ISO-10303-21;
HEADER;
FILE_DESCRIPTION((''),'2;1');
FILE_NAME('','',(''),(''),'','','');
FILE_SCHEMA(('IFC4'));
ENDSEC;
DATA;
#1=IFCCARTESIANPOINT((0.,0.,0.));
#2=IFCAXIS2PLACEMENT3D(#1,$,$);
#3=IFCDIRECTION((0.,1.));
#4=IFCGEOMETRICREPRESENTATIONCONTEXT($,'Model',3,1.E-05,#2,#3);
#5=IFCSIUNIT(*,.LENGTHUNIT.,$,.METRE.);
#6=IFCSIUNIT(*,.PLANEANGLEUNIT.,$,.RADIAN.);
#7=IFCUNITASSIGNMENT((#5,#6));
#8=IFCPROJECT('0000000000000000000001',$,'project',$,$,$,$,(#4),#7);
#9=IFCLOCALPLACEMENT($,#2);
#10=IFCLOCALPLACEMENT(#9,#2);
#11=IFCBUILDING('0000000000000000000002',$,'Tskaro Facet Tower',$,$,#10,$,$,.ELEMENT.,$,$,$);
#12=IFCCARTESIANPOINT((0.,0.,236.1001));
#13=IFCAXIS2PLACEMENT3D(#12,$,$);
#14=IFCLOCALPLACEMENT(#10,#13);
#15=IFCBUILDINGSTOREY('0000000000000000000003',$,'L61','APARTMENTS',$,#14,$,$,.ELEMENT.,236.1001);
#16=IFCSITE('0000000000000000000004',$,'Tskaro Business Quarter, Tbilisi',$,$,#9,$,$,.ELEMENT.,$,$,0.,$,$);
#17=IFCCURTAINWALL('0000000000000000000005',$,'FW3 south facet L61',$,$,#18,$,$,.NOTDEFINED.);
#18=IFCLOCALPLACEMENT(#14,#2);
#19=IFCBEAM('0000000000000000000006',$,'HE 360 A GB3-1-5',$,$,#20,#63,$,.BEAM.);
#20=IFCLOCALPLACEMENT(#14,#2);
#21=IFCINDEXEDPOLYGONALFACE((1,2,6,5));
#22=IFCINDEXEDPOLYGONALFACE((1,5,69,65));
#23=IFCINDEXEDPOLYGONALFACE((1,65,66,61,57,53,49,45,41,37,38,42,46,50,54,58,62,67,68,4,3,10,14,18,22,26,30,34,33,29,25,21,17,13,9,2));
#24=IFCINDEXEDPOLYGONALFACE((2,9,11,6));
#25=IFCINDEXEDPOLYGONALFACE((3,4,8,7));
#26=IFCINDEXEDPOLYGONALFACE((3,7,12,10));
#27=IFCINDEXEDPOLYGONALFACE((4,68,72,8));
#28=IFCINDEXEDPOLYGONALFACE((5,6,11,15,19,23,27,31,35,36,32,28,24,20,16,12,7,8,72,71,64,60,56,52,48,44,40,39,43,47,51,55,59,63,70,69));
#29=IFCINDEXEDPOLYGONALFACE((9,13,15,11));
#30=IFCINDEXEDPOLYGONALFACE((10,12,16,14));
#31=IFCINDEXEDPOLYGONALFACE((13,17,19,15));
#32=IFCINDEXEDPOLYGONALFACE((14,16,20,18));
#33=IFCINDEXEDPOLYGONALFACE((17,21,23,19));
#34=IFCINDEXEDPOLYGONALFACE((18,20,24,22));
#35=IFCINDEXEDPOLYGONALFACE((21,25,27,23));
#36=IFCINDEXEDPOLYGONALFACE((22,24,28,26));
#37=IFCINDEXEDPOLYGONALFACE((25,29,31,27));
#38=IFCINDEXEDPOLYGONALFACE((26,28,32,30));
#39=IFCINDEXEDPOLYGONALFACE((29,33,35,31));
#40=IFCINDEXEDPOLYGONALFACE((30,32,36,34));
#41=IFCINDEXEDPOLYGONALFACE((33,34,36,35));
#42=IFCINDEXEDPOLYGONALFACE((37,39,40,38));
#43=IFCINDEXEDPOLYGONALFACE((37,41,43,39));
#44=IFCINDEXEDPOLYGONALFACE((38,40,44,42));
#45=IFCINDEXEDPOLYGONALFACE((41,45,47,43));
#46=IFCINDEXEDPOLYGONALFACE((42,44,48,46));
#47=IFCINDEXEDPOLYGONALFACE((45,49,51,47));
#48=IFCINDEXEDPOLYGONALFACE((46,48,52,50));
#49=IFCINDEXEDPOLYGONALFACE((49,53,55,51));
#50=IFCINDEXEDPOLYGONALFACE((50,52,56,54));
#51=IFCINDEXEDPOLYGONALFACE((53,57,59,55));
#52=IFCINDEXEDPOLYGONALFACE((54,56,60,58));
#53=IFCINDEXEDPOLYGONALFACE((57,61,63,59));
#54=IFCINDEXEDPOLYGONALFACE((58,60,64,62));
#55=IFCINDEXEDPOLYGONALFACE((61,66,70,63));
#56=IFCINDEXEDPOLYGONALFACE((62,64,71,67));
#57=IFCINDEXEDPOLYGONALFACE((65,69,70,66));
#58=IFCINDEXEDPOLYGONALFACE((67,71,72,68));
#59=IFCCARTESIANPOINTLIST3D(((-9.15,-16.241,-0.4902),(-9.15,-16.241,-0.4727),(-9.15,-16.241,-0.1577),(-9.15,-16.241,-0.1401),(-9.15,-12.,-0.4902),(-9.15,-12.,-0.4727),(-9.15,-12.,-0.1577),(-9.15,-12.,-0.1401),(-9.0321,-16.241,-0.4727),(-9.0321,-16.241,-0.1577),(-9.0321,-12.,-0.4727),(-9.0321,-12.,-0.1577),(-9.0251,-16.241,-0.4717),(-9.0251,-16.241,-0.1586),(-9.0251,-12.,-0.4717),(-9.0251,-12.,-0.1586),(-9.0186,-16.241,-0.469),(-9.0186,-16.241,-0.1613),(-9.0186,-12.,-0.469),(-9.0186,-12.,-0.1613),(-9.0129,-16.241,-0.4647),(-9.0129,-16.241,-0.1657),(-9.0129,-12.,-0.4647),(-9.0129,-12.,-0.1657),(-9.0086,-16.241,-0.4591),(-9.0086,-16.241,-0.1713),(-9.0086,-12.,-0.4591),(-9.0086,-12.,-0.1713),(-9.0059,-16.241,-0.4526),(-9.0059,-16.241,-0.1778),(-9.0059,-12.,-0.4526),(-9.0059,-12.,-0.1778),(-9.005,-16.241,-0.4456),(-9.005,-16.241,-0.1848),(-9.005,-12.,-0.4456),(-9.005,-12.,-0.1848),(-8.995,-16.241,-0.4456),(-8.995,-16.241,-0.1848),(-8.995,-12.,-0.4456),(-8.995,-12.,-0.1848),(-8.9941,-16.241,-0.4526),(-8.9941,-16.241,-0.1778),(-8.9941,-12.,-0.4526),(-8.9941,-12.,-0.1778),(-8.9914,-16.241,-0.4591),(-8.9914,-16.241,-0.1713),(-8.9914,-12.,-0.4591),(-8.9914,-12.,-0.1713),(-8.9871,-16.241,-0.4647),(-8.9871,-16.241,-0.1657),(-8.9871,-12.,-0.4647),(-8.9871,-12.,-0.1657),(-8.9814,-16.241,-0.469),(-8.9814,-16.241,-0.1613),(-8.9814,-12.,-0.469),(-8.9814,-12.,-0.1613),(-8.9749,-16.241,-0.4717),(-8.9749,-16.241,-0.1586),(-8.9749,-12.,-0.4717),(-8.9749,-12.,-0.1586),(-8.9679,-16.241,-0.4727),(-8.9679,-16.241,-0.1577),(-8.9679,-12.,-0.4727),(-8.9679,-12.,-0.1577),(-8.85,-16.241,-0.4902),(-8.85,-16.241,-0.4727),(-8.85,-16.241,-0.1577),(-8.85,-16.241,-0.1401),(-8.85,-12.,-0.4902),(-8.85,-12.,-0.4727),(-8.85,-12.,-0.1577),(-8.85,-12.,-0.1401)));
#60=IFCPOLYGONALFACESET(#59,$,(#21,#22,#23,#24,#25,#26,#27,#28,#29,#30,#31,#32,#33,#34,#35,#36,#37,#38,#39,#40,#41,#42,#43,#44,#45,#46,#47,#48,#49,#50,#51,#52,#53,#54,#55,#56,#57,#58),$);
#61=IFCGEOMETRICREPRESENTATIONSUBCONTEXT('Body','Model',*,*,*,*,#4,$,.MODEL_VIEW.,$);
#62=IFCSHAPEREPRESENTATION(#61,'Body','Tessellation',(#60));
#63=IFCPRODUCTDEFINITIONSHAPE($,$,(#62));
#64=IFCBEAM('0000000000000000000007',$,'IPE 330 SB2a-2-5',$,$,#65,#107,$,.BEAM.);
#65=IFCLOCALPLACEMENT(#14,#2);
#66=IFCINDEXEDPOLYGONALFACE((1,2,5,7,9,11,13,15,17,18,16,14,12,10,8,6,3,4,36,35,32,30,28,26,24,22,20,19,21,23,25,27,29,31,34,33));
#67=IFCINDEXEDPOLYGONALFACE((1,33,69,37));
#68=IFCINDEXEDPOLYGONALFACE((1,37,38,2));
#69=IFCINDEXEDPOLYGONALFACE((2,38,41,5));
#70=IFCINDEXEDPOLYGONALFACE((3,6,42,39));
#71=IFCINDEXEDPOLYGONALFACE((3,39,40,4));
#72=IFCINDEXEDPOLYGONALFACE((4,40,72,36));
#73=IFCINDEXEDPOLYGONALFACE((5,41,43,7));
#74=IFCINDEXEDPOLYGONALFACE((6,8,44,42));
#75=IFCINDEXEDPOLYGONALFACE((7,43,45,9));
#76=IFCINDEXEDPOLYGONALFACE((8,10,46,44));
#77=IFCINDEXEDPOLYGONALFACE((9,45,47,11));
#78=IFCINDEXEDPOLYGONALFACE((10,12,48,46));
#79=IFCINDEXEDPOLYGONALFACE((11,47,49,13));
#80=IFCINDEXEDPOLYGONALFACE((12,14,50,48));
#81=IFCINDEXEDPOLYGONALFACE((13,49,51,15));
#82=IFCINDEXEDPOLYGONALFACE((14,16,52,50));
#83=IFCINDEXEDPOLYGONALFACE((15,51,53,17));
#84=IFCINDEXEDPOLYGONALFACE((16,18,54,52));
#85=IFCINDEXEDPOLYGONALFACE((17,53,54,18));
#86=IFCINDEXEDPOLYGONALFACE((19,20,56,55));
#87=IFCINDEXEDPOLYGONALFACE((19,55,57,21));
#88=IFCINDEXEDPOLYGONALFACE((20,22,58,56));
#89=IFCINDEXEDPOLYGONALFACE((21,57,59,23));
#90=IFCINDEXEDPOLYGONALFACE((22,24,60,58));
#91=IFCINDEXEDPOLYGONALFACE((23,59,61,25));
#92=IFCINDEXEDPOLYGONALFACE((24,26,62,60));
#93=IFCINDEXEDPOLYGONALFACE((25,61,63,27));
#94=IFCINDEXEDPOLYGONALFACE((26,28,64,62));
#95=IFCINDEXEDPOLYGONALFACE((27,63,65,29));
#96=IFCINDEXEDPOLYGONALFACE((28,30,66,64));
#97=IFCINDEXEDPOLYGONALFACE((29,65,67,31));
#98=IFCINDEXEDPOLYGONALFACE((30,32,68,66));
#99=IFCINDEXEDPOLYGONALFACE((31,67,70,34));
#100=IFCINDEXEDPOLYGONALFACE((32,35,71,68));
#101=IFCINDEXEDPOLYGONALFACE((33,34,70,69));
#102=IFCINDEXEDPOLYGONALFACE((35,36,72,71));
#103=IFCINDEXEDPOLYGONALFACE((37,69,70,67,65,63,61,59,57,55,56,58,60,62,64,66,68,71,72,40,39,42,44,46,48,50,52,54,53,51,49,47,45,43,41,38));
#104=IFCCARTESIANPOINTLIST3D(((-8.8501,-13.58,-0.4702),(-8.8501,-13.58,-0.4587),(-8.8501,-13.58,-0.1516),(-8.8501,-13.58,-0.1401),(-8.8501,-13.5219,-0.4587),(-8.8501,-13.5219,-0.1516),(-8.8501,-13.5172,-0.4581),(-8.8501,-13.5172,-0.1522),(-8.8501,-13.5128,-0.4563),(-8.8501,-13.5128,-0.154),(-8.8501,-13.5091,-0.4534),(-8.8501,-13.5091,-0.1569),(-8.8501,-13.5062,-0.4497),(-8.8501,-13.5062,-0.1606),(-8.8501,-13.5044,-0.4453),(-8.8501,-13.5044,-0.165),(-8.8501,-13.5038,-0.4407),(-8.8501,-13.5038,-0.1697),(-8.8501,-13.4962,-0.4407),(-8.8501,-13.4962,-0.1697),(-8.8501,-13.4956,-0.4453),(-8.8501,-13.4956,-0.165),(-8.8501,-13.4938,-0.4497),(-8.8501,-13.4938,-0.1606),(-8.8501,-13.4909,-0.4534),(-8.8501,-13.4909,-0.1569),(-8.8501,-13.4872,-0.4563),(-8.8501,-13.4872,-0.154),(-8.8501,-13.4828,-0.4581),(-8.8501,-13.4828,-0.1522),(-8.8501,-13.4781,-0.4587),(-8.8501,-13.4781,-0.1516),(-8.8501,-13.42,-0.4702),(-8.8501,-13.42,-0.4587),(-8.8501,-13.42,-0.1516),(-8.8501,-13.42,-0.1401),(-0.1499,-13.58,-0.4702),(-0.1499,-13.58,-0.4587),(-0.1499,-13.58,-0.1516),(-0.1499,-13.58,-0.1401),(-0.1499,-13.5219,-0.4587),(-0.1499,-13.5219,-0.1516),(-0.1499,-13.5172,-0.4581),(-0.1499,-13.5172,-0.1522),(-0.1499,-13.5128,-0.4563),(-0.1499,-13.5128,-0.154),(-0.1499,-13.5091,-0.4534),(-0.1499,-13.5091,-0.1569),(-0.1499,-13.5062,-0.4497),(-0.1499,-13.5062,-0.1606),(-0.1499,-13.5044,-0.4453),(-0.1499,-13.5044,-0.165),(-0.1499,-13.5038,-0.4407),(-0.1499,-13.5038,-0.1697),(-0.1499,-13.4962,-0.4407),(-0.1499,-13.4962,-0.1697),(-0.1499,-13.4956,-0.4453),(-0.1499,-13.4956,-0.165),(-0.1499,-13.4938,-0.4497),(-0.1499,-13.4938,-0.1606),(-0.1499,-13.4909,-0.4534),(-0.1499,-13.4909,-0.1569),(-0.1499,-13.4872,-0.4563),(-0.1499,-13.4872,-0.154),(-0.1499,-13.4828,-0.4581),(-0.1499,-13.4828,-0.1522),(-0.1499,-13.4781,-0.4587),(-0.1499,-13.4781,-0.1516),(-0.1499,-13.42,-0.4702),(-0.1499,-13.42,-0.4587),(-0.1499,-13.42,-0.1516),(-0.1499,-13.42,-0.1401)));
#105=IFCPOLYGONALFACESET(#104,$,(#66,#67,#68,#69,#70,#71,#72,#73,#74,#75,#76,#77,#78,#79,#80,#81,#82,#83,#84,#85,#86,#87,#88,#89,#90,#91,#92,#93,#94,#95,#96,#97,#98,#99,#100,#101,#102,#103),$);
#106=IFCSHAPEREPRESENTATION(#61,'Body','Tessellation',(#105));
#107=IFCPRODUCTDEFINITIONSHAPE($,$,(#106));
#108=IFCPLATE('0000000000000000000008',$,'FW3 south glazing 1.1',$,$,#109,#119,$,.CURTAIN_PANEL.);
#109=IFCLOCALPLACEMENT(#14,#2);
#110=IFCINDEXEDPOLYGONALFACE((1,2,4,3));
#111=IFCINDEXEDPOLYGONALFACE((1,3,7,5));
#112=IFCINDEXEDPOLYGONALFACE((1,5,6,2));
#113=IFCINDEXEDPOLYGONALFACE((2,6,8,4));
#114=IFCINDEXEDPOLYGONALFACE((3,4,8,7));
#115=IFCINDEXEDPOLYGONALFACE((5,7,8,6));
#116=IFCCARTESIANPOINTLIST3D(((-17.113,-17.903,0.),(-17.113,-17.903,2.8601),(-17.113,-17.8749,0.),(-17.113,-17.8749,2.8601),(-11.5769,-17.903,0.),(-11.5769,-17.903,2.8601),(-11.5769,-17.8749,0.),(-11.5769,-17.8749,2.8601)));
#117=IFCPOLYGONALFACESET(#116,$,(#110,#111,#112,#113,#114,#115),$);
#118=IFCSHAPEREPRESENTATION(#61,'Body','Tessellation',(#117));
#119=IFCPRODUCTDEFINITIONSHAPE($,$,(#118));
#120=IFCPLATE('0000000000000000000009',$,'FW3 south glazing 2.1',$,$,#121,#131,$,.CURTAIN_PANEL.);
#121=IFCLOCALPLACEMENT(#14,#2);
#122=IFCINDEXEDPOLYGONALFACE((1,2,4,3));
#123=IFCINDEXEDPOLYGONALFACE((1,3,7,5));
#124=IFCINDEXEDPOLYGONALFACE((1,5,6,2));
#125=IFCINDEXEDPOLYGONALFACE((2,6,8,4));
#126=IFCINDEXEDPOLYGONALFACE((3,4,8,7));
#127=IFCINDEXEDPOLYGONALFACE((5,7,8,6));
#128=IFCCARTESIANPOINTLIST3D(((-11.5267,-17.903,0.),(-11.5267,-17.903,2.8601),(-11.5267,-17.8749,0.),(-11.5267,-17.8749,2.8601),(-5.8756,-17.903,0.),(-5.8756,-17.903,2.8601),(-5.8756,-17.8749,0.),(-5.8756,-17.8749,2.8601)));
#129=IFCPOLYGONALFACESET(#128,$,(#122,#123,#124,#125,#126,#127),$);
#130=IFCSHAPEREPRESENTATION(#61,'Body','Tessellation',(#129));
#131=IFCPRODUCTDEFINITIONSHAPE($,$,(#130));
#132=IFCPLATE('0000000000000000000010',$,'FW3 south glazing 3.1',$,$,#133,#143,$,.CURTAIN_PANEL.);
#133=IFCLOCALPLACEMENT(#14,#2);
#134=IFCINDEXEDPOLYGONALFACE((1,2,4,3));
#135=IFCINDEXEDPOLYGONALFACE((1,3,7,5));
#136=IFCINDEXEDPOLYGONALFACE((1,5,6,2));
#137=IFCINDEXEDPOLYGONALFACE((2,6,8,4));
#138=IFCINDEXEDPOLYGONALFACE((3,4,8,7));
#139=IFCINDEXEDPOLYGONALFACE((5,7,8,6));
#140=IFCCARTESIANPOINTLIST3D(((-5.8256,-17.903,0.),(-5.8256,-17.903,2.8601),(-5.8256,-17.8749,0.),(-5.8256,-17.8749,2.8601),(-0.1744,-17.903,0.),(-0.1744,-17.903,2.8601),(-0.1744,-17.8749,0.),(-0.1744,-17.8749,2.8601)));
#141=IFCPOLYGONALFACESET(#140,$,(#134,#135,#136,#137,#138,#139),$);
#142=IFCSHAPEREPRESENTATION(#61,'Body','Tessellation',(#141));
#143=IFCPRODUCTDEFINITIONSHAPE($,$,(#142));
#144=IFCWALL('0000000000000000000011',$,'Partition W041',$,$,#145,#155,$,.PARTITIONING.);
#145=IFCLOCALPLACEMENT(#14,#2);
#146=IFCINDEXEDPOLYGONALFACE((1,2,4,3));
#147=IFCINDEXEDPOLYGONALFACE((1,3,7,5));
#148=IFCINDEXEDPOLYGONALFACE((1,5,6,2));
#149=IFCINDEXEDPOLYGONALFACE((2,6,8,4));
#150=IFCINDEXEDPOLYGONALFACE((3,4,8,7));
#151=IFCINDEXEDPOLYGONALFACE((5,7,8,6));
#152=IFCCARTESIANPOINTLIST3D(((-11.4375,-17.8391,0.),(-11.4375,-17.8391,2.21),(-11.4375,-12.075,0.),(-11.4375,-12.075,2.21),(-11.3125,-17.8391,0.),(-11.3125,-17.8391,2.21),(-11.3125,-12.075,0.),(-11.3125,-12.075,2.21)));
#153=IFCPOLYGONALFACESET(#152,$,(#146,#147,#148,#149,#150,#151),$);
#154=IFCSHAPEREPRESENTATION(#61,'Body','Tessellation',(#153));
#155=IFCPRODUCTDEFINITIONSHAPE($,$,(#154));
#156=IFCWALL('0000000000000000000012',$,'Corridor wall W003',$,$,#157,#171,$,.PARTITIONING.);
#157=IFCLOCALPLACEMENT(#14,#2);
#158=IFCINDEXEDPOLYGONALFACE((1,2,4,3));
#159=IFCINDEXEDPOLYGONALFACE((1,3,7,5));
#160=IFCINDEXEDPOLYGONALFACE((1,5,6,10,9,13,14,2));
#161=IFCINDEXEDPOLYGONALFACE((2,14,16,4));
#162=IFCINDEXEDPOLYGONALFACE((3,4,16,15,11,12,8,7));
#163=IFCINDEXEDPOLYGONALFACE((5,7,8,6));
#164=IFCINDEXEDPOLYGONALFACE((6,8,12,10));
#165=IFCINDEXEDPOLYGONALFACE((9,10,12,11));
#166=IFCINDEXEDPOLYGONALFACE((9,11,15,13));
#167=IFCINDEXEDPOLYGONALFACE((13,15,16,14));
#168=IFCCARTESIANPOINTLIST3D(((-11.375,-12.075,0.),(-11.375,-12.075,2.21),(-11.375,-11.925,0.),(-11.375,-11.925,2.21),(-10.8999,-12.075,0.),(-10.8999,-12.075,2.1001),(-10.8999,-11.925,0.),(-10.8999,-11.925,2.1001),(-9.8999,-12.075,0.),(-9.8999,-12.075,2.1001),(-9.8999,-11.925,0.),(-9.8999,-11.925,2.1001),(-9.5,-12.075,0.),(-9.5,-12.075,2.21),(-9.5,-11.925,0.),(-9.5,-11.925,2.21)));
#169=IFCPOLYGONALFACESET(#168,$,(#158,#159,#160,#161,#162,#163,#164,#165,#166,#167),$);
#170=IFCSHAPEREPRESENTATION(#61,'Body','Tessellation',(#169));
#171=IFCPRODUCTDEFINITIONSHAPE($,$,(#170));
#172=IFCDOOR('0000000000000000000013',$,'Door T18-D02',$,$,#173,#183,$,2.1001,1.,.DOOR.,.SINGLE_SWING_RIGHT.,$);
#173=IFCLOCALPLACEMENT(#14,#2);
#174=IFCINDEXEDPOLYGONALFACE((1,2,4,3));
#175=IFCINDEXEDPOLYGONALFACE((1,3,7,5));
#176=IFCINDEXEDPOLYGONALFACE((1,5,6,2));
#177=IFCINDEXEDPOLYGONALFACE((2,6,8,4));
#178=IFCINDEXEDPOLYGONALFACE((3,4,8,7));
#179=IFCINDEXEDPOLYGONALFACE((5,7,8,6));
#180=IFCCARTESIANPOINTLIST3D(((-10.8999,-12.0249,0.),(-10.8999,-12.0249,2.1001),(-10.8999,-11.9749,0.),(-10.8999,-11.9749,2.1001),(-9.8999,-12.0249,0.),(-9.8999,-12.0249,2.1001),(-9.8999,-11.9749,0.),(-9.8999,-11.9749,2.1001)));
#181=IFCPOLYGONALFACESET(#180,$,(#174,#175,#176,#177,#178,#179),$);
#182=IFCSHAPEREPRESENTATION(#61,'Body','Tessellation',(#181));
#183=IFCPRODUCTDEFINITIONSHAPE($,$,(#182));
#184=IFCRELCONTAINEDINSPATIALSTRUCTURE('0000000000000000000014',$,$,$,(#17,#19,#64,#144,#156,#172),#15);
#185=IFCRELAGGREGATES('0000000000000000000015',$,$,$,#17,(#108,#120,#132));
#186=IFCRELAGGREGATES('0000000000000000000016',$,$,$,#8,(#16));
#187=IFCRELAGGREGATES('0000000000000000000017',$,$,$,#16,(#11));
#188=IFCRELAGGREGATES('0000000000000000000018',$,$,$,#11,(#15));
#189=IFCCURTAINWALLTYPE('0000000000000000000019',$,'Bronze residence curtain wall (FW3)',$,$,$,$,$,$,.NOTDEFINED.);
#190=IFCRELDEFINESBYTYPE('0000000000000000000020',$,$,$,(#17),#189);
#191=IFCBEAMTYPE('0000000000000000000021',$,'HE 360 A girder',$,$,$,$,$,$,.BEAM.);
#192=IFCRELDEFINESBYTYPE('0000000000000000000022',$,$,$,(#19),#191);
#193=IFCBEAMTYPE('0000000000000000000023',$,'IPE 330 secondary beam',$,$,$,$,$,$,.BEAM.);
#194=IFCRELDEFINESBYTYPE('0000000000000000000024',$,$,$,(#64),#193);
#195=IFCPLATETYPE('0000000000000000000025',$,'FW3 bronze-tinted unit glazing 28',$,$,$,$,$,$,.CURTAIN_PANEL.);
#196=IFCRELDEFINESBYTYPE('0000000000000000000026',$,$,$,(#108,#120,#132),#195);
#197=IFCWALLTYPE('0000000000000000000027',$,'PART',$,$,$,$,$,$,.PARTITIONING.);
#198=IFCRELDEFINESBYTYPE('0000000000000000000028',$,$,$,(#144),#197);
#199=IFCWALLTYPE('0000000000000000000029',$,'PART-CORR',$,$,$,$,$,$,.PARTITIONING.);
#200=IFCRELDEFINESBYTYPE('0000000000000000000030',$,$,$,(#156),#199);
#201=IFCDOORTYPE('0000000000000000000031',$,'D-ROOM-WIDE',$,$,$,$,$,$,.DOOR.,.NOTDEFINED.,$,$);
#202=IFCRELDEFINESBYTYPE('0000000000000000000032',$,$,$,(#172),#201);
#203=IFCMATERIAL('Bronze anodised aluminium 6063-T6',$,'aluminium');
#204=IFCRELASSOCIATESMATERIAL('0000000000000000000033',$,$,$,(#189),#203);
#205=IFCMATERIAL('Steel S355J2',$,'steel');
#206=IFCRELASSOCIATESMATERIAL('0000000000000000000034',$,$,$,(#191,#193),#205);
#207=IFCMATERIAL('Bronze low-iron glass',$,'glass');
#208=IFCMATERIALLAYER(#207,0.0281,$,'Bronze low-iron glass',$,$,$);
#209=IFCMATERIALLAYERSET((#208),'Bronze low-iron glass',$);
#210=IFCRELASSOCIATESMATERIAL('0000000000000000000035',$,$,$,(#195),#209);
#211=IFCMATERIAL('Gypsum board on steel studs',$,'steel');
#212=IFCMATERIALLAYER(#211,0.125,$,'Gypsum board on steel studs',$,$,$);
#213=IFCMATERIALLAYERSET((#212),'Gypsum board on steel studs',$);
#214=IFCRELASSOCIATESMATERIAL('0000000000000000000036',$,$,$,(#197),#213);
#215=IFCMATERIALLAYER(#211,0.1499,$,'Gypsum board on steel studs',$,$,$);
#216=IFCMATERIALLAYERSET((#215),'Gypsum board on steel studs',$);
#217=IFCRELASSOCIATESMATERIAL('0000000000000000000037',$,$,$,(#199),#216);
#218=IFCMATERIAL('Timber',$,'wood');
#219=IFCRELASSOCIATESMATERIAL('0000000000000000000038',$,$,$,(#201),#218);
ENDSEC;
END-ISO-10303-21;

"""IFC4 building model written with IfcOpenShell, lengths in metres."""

from ifc_helpers import new_model, si_unit, direction, frame, frame_2d, origin, origin_2d, place, context, subcontext, project, spatial, rectangle, i_section, extrude, material, layer, layer_set, material_profile, profile_set, type_object, element, fill, aggregate, save


model = new_model("IFC4")

# Units and contexts
model_context = context("Model", 3, precision=1e-05, world=origin(), true_north=direction((0.0, 1.0)))
body_context = subcontext(model_context, "Body", "Model", "MODEL_VIEW")
ifc_project = project(units=[si_unit("LENGTHUNIT", "METRE"), si_unit("PLANEANGLEUNIT", "RADIAN")], contexts=[model_context])

# Site, building, storey
site_placement = place(None, origin())
site = spatial("IfcSite", under=ifc_project, at=site_placement, Name="Tskaro Business Quarter, Tbilisi", CompositionType="ELEMENT", RefElevation=0.0)
building_placement = place(site_placement, origin())
building = spatial("IfcBuilding", under=site, at=building_placement, Name="Tskaro Facet Tower", CompositionType="ELEMENT")
storey_placement = place(building_placement, frame((0.0, 0.0, 236.1001)))
storey = spatial("IfcBuildingStorey", under=building, at=storey_placement, Name="L61", Description="APARTMENTS", CompositionType="ELEMENT", Elevation=236.1001)

# Shared definitions
ifc_material_1 = material(Name="Steel S355J2", Category="steel")

# Curtain wall
ifc_material_2 = material(Name="Bronze anodised aluminium 6063-T6", Category="aluminium")
curtain_wall_type = type_object("IfcCurtainWallType", Name="Bronze residence curtain wall (FW3)", PredefinedType="NOTDEFINED", material=ifc_material_2)
curtain_wall_placement = place(storey_placement, origin())
curtain_wall = element("IfcCurtainWall", 1, at=curtain_wall_placement, inside=storey, type_object=curtain_wall_type, Name="FW3 south facet L61", PredefinedType="NOTDEFINED")

# Beams
ifc_material_profile_1 = material_profile(ifc_material_1, i_section(OverallWidth=0.3, OverallDepth=0.3501, WebThickness=0.01, FlangeThickness=0.0176, FilletRadius=0.0271, at=origin_2d()), Name="HE 360 A")
ifc_profile_set_1 = profile_set([ifc_material_profile_1], Name="Steel S355J2")
beam_type_1 = type_object("IfcBeamType", Name="HE 360 A girder", PredefinedType="BEAM", material=ifc_profile_set_1)
beam_1_placement = place(storey_placement, frame((-9.0, -16.241, -0.3152), z_axis=(0.0, 1.0, 0.0), x_axis=(-1.0, 0.0, 0.0)))
element("IfcBeam", 2, at=beam_1_placement, inside=storey, type_object=beam_type_1, Name="HE 360 A GB3-1-5", PredefinedType="BEAM", context=body_context, shape_type="SweptSolid", body=[
    extrude(i_section(OverallWidth=0.3, OverallDepth=0.3501, WebThickness=0.01, FlangeThickness=0.0176, FilletRadius=0.0271, at=origin_2d()), origin(), (0.0, 0.0, 1.0), 4.241),
])
ifc_material_profile_2 = material_profile(ifc_material_1, i_section(OverallWidth=0.1599, OverallDepth=0.3301, WebThickness=0.0076, FlangeThickness=0.0115, FilletRadius=0.0181, at=origin_2d()), Name="IPE 330")
ifc_profile_set_2 = profile_set([ifc_material_profile_2], Name="Steel S355J2")
beam_type_2 = type_object("IfcBeamType", Name="IPE 330 secondary beam", PredefinedType="BEAM", material=ifc_profile_set_2)
beam_2_placement = place(storey_placement, frame((-8.8501, -13.5, -0.3052), z_axis=(1.0, 0.0, 0.0), x_axis=(0.0, 1.0, 0.0)))
element("IfcBeam", 3, at=beam_2_placement, inside=storey, type_object=beam_type_2, Name="IPE 330 SB2a-2-5", PredefinedType="BEAM", context=body_context, shape_type="SweptSolid", body=[
    extrude(i_section(OverallWidth=0.1599, OverallDepth=0.3301, WebThickness=0.0076, FlangeThickness=0.0115, FilletRadius=0.0181, at=origin_2d()), origin(), (0.0, 0.0, 1.0), 8.7002),
])

# Plates
ifc_material_3 = material(Name="Bronze low-iron glass", Category="glass")
ifc_layer_1 = layer(ifc_material_3, 0.0281, Name="Bronze low-iron glass")
ifc_layer_set_1 = layer_set([ifc_layer_1], Name="Bronze low-iron glass")
plate_type = type_object("IfcPlateType", Name="FW3 bronze-tinted unit glazing 28", PredefinedType="CURTAIN_PANEL", material=ifc_layer_set_1)
plate_1_placement = place(storey_placement, frame((-14.345, -17.8889, 0.0), z_axis=(0.0, 0.0, 1.0), x_axis=(1.0, 0.0, 0.0)))
plate_1 = element("IfcPlate", 4, at=plate_1_placement, type_object=plate_type, Name="FW3 south glazing 1.1", PredefinedType="CURTAIN_PANEL", context=body_context, shape_type="SweptSolid", body=[
    extrude(rectangle(XDim=5.5361, YDim=0.0281, at=origin_2d()), origin(), (0.0, 0.0, 1.0), 2.8601),
])
plate_2_placement = place(storey_placement, frame((-8.7012, -17.8889, 0.0), z_axis=(0.0, 0.0, 1.0), x_axis=(1.0, 0.0, 0.0)))
plate_2 = element("IfcPlate", 5, at=plate_2_placement, type_object=plate_type, Name="FW3 south glazing 2.1", PredefinedType="CURTAIN_PANEL", context=body_context, shape_type="SweptSolid", body=[
    extrude(rectangle(XDim=5.6511, YDim=0.0281, at=origin_2d()), origin(), (0.0, 0.0, 1.0), 2.8601),
])
plate_3_placement = place(storey_placement, frame((-3.0, -17.8889, 0.0), z_axis=(0.0, 0.0, 1.0), x_axis=(1.0, 0.0, 0.0)))
plate_3 = element("IfcPlate", 6, at=plate_3_placement, type_object=plate_type, Name="FW3 south glazing 3.1", PredefinedType="CURTAIN_PANEL", context=body_context, shape_type="SweptSolid", body=[
    extrude(rectangle(XDim=5.6511, YDim=0.0281, at=origin_2d()), origin(), (0.0, 0.0, 1.0), 2.8601),
])
aggregate(curtain_wall, [plate_1, plate_2, plate_3])

# Wall
ifc_material_4 = material(Name="Gypsum board on steel studs", Category="steel")
ifc_layer_2 = layer(ifc_material_4, 0.125, Name="Gypsum board on steel studs")
ifc_layer_set_2 = layer_set([ifc_layer_2], Name="Gypsum board on steel studs")
wall_type_1 = type_object("IfcWallType", Name="PART", PredefinedType="PARTITIONING", material=ifc_layer_set_2)
wall_1_placement = place(storey_placement, frame((-11.375, -17.8391, 0.0), z_axis=(0.0, 0.0, 1.0), x_axis=(0.0, 1.0, 0.0)))
element("IfcWall", 7, at=wall_1_placement, inside=storey, type_object=wall_type_1, Name="Partition W041", PredefinedType="PARTITIONING", context=body_context, shape_type="SweptSolid", body=[
    extrude(rectangle(XDim=5.7642, YDim=0.125, at=frame_2d((2.8821, 0.0))), origin(), (0.0, 0.0, 1.0), 2.21),
])

# Wall, opening, door
ifc_layer_3 = layer(ifc_material_4, 0.1499, Name="Gypsum board on steel studs")
ifc_layer_set_3 = layer_set([ifc_layer_3], Name="Gypsum board on steel studs")
wall_type_2 = type_object("IfcWallType", Name="PART-CORR", PredefinedType="PARTITIONING", material=ifc_layer_set_3)
wall_2_placement = place(storey_placement, frame((-9.5, -12.0, 0.0), z_axis=(0.0, 0.0, 1.0), x_axis=(-1.0, 0.0, 0.0)))
wall_2 = element("IfcWall", 8, at=wall_2_placement, inside=storey, type_object=wall_type_2, Name="Corridor wall W003", PredefinedType="PARTITIONING", context=body_context, shape_type="SweptSolid", body=[
    extrude(rectangle(XDim=1.875, YDim=0.1499, at=frame_2d((0.9375, 0.0))), origin(), (0.0, 0.0, 1.0), 2.21),
])
opening_placement = place(wall_2_placement, frame((0.3999, 0.0, 0.0)))
opening = element("IfcOpeningElement", 9, at=opening_placement, cuts=wall_2, PredefinedType="OPENING", context=body_context, shape_type="SweptSolid", body=[
    extrude(rectangle(XDim=1.0, YDim=2.1001, at=frame_2d((0.5, 1.05))), frame((0.0, 0.085, 0.0), z_axis=(0.0, -1.0, 0.0), x_axis=(1.0, 0.0, 0.0)), (0.0, 0.0, 1.0), 0.1699),
])
ifc_material_5 = material(Name="Timber", Category="wood")
door_type = type_object("IfcDoorType", Name="D-ROOM-WIDE", OperationType="NOTDEFINED", PredefinedType="DOOR", material=ifc_material_5)
door_placement = place(opening_placement, origin())
door = element("IfcDoor", 10, at=door_placement, inside=storey, type_object=door_type, Name="Door T18-D02", OperationType="SINGLE_SWING_RIGHT", OverallHeight=2.1001, OverallWidth=1.0, PredefinedType="DOOR", context=body_context, shape_type="SweptSolid", body=[
    extrude(rectangle(XDim=1.0, YDim=2.1001, at=frame_2d((0.5, 1.05))), frame((0.0, 0.0249, 0.0), z_axis=(0.0, -1.0, 0.0), x_axis=(1.0, 0.0, 0.0)), (0.0, 0.0, 1.0), 0.05),
])
fill(opening, door)

save(model, "model.ifc")
